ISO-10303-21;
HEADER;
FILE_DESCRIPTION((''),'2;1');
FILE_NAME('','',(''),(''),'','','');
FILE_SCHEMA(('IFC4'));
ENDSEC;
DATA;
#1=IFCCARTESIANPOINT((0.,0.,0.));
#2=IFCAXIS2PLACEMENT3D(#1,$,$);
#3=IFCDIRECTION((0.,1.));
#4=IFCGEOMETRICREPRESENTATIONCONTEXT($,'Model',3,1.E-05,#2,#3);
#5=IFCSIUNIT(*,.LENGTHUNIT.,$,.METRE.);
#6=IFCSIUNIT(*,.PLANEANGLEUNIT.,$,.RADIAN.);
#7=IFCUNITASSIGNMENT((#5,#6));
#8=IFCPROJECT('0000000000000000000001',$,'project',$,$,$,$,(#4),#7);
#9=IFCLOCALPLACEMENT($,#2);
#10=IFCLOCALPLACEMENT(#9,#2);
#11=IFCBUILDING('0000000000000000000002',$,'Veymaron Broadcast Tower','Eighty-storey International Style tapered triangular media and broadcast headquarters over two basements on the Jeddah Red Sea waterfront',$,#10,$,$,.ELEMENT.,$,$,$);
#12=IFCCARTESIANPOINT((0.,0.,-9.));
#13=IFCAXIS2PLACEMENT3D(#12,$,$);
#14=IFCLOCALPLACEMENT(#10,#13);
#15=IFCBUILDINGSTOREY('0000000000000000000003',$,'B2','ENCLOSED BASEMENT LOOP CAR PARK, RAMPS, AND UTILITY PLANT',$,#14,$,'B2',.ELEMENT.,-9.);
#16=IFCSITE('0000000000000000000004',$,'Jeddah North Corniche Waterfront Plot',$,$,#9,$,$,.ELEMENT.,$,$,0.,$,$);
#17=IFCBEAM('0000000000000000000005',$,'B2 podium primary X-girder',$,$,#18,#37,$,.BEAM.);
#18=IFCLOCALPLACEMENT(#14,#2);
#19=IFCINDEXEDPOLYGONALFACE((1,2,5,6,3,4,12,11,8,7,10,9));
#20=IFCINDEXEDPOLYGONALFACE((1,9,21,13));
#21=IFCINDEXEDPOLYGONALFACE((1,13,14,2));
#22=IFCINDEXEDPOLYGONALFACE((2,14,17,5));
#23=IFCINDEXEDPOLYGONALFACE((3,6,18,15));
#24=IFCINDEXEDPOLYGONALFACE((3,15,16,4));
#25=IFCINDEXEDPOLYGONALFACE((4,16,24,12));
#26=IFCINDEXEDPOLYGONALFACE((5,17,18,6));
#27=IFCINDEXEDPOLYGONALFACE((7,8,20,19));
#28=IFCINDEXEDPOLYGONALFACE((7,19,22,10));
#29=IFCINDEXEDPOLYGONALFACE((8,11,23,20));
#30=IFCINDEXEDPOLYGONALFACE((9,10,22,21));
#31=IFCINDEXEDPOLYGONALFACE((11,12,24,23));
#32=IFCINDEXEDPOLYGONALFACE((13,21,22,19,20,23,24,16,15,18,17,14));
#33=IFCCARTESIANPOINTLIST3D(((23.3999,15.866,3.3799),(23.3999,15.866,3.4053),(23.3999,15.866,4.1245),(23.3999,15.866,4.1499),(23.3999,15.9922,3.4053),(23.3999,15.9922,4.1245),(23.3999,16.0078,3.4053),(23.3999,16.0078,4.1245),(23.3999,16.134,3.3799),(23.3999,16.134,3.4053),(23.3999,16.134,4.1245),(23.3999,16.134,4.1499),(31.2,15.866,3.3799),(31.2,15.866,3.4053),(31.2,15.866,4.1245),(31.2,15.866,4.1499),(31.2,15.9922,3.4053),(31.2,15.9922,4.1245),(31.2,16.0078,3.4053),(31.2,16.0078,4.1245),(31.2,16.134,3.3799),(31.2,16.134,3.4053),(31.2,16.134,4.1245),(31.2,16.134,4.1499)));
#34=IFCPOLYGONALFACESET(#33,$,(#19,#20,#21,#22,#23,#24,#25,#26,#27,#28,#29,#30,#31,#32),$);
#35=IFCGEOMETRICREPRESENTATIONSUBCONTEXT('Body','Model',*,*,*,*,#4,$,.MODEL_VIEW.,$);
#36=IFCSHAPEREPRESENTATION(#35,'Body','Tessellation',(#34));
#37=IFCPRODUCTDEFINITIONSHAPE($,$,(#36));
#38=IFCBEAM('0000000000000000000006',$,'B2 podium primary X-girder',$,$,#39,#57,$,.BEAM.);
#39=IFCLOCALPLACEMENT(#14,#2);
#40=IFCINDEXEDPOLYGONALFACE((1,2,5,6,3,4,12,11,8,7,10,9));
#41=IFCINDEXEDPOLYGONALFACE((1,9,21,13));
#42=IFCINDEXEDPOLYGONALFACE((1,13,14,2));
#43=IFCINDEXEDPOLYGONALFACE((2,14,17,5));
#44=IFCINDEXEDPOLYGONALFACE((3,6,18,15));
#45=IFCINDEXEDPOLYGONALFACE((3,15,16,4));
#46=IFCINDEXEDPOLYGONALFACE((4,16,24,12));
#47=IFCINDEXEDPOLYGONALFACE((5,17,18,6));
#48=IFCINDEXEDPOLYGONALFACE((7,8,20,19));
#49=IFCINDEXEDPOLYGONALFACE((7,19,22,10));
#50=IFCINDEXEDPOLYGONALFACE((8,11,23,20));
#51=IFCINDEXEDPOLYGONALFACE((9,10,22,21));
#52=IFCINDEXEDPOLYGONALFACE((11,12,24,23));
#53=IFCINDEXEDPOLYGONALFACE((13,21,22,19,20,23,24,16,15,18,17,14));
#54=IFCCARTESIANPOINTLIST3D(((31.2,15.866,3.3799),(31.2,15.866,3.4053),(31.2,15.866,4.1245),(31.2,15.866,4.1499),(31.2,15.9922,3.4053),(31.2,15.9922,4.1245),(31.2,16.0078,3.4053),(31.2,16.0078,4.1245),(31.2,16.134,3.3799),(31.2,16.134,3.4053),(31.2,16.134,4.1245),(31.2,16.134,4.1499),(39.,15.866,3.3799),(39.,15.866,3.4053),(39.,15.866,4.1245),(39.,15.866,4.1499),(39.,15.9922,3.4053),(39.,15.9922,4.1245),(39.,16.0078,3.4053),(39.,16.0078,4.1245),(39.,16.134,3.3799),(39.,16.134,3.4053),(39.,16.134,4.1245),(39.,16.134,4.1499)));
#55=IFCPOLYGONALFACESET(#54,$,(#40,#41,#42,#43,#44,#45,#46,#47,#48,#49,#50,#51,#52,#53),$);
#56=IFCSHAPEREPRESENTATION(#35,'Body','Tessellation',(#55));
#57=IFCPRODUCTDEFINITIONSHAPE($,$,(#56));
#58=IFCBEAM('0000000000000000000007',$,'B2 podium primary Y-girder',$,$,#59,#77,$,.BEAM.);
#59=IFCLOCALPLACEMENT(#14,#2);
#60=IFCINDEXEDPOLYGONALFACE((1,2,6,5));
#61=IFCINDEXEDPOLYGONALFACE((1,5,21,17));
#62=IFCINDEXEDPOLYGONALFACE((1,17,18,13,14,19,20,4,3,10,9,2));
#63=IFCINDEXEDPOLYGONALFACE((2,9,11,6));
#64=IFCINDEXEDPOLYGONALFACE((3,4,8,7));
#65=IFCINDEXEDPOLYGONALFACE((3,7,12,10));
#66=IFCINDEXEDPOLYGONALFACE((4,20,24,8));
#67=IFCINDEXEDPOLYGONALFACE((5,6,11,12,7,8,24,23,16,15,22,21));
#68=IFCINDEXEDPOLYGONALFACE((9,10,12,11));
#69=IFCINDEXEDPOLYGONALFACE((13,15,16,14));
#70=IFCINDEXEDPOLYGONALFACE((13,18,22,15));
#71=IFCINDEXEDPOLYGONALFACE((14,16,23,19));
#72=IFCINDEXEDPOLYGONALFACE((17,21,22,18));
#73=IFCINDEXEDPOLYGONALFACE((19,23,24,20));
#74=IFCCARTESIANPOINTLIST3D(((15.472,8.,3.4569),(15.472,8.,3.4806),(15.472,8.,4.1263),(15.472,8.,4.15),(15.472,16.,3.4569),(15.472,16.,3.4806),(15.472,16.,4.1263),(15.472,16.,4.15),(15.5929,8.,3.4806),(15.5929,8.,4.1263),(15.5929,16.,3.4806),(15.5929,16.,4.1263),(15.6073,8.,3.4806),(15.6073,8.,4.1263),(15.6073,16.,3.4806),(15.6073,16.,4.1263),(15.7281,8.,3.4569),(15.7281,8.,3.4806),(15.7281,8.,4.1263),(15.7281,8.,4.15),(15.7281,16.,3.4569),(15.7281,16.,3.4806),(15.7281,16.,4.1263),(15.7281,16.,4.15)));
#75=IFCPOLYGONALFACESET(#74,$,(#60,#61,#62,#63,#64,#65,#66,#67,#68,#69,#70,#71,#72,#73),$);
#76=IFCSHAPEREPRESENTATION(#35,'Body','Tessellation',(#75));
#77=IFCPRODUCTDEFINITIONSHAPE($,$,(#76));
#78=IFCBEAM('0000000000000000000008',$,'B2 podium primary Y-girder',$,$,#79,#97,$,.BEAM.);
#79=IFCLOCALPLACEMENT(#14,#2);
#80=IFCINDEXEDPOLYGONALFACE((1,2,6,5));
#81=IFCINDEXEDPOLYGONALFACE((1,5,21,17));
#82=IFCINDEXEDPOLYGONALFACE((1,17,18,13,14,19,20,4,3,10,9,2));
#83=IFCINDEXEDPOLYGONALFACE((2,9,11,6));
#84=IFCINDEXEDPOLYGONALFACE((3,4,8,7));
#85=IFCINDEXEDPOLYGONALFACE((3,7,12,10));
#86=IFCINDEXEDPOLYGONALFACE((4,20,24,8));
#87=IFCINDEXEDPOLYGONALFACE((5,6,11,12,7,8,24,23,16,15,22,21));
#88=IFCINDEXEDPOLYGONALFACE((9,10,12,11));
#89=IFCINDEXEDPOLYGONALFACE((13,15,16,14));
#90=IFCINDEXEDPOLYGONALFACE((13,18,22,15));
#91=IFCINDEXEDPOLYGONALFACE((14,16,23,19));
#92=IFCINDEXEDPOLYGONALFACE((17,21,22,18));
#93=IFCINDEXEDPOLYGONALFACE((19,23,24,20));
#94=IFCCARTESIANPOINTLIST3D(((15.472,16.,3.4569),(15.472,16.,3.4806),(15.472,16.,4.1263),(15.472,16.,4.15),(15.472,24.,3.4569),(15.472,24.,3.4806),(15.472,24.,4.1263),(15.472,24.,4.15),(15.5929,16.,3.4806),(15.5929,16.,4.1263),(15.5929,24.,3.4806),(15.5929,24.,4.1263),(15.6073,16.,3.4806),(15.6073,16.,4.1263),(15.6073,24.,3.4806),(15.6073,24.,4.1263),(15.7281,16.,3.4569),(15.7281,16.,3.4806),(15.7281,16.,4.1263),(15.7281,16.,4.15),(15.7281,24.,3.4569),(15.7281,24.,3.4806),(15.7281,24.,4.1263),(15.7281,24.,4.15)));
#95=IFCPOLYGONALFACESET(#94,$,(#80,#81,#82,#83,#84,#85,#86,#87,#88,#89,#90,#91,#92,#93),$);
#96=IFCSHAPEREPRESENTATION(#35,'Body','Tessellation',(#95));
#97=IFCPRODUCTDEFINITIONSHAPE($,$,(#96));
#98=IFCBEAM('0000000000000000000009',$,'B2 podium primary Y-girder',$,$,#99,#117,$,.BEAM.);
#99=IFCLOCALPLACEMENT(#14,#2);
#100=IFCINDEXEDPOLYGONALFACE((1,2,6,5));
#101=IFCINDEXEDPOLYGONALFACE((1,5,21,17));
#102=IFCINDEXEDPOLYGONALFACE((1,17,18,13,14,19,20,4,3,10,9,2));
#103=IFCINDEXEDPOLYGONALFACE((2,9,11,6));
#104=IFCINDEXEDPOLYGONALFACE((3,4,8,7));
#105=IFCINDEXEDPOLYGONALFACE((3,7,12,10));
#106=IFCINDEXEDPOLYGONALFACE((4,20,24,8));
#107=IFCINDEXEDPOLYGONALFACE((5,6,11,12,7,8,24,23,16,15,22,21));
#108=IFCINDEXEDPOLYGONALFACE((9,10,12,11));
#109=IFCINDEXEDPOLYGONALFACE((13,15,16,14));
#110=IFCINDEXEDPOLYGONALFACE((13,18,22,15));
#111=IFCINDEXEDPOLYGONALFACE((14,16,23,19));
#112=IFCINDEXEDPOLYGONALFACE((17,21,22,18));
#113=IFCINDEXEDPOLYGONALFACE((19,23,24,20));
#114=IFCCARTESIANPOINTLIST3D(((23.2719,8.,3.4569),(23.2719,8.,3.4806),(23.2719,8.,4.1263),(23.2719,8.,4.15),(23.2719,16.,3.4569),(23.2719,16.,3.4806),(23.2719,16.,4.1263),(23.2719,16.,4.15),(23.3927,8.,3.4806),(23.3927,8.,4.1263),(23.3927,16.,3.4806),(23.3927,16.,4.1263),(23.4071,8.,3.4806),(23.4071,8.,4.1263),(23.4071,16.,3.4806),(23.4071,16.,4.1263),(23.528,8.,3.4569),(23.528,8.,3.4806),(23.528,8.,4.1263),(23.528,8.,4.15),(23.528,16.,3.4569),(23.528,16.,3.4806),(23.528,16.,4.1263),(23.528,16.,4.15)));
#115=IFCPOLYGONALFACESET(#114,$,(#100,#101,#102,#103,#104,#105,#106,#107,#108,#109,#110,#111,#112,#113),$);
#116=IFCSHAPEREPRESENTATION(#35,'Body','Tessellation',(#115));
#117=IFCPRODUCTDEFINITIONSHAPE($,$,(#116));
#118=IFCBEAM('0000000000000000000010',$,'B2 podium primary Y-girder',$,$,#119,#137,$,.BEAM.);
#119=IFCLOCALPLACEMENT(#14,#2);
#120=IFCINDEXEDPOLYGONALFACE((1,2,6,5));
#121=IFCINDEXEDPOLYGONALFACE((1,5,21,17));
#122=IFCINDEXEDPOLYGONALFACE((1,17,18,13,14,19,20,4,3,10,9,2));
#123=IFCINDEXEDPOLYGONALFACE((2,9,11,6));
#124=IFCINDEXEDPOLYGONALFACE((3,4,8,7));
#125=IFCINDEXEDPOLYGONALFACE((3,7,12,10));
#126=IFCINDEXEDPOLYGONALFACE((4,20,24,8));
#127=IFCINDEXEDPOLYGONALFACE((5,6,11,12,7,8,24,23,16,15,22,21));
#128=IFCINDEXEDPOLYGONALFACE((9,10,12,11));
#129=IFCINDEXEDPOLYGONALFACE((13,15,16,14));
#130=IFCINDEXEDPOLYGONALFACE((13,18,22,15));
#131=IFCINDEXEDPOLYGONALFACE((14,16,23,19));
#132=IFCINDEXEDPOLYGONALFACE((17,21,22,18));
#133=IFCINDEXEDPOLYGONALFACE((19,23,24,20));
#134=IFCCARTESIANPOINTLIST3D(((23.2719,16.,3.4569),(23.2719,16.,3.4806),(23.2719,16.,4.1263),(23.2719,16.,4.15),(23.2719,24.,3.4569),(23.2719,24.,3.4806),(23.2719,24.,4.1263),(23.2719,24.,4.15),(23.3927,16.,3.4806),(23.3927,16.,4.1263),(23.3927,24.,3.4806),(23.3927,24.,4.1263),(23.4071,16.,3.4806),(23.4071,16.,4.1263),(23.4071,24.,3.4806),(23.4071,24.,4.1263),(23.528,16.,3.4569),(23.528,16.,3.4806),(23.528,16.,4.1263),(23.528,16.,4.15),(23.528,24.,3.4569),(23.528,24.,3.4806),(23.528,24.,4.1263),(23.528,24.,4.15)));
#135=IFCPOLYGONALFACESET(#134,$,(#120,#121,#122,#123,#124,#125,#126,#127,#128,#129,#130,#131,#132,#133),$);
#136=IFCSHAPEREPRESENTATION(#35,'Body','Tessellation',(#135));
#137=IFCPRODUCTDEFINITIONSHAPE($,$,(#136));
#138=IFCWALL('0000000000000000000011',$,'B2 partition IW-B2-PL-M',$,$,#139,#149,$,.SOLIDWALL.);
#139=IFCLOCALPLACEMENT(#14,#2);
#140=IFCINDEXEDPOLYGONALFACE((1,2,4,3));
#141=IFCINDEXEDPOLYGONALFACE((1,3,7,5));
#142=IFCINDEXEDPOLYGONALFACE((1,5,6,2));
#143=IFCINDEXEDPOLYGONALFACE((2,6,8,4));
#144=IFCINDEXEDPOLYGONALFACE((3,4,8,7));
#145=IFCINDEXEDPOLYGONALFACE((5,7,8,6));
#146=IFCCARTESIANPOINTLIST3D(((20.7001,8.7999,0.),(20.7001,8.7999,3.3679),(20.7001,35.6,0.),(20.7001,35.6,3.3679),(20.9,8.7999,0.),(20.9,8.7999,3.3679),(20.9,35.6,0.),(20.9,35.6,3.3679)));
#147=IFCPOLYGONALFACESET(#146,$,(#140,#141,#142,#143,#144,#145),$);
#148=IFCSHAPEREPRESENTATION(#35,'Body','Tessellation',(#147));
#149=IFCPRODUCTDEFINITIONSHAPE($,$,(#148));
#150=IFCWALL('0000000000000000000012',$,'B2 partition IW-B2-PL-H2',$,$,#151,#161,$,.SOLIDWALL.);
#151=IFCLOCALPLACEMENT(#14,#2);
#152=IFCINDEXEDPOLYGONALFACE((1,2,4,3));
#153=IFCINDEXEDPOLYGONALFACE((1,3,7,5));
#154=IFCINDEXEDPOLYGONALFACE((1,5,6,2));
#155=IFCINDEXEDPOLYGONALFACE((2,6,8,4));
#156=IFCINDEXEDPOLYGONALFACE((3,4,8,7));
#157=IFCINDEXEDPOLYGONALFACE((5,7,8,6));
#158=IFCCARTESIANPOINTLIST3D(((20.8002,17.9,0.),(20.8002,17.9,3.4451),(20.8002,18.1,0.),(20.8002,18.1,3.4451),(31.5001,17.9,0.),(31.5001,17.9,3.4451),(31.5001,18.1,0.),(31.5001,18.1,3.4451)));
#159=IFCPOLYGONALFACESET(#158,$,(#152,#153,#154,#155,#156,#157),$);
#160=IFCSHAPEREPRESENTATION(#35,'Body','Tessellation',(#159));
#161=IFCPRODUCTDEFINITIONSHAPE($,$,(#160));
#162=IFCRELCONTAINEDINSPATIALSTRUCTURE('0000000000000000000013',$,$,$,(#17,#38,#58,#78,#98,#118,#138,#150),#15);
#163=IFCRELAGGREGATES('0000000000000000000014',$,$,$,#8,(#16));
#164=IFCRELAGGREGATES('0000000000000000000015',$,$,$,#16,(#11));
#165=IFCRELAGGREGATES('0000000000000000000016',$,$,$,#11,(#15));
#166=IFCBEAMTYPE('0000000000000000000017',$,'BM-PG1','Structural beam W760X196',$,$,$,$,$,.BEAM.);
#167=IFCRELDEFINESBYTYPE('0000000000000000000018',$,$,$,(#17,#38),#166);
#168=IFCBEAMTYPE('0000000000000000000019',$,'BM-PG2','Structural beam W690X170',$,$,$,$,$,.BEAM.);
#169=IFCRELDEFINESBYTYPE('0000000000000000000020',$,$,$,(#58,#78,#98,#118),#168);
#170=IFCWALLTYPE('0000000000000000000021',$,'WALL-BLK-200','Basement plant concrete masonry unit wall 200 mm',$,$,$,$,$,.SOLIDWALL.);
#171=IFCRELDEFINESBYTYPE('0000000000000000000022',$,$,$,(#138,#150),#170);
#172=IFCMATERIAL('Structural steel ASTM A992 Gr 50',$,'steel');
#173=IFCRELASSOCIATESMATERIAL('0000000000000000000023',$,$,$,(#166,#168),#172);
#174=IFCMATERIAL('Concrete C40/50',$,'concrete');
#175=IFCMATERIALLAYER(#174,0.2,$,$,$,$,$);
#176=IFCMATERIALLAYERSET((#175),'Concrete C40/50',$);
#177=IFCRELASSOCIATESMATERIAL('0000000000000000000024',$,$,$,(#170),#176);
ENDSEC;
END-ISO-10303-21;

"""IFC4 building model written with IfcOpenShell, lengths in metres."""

from ifc_helpers import new_model, si_unit, direction, frame, frame_2d, origin, origin_2d, place, context, subcontext, project, spatial, rectangle, i_section, extrude, material, layer, layer_set, material_profile, profile_set, type_object, element, save


model = new_model("IFC4")

# Units and contexts
model_context = context("Model", 3, precision=1e-05, world=origin(), true_north=direction((0.0, 1.0)))
body_context = subcontext(model_context, "Body", "Model", "MODEL_VIEW")
ifc_project = project(units=[si_unit("LENGTHUNIT", "METRE"), si_unit("PLANEANGLEUNIT", "RADIAN")], contexts=[model_context])

# Site, building, storey
site_placement = place(None, origin())
site = spatial("IfcSite", under=ifc_project, at=site_placement, Name="Jeddah North Corniche Waterfront Plot", CompositionType="ELEMENT", RefElevation=0.0)
building_placement = place(site_placement, origin())
building = spatial("IfcBuilding", under=site, at=building_placement, Name="Veymaron Broadcast Tower", Description="Eighty-storey International Style tapered triangular media and broadcast headquarters over two basements on the Jeddah Red Sea waterfront", CompositionType="ELEMENT")
storey_placement = place(building_placement, frame((0.0, 0.0, -9.0)))
storey = spatial("IfcBuildingStorey", under=building, at=storey_placement, Name="B2", Description="ENCLOSED BASEMENT LOOP CAR PARK, RAMPS, AND UTILITY PLANT", LongName="B2", CompositionType="ELEMENT", Elevation=-9.0)

# Beams
ifc_material_1 = material(Name="Structural steel ASTM A992 Gr 50", Category="steel")
ifc_material_profile_1 = material_profile(ifc_material_1, i_section(OverallWidth=0.2681, OverallDepth=0.77, WebThickness=0.0156, FlangeThickness=0.0254, at=origin_2d()), Name="W760X196")
ifc_profile_set_1 = profile_set([ifc_material_profile_1], Name="Structural steel ASTM A992 Gr 50")
beam_type_1 = type_object("IfcBeamType", Name="BM-PG1", Description="Structural beam W760X196", PredefinedType="BEAM", material=ifc_profile_set_1)
for number, where, z_axis, x_axis, name in (
    (1, (23.3999, 16.0, 3.7649), (1.0, 0.0, 0.0), (0.0, 1.0, 0.0), "B2 podium primary X-girder"),
    (2, (31.2, 16.0, 3.7649), (1.0, 0.0, 0.0), (0.0, 1.0, 0.0), "B2 podium primary X-girder"),
):
    element("IfcBeam", number, at=place(storey_placement, frame(where, z_axis=z_axis, x_axis=x_axis)), inside=storey, type_object=beam_type_1, Name=name, PredefinedType="BEAM", context=body_context, shape_type="SweptSolid", body=[
        extrude(i_section(OverallWidth=0.2681, OverallDepth=0.77, WebThickness=0.0156, FlangeThickness=0.0254, at=origin_2d()), origin(), (0.0, 0.0, 1.0), 7.8),
    ])
ifc_material_profile_2 = material_profile(ifc_material_1, i_section(OverallWidth=0.2561, OverallDepth=0.6931, WebThickness=0.0144, FlangeThickness=0.0237, at=origin_2d()), Name="W690X170")
ifc_profile_set_2 = profile_set([ifc_material_profile_2], Name="Structural steel ASTM A992 Gr 50")
beam_type_2 = type_object("IfcBeamType", Name="BM-PG2", Description="Structural beam W690X170", PredefinedType="BEAM", material=ifc_profile_set_2)
for number, where, z_axis, x_axis, name in (
    (3, (15.6001, 8.0, 3.8035), (0.0, 1.0, 0.0), (-1.0, 0.0, 0.0), "B2 podium primary Y-girder"),
    (4, (15.6001, 16.0, 3.8035), (0.0, 1.0, 0.0), (-1.0, 0.0, 0.0), "B2 podium primary Y-girder"),
    (5, (23.3999, 8.0, 3.8035), (0.0, 1.0, 0.0), (-1.0, 0.0, 0.0), "B2 podium primary Y-girder"),
    (6, (23.3999, 16.0, 3.8035), (0.0, 1.0, 0.0), (-1.0, 0.0, 0.0), "B2 podium primary Y-girder"),
):
    element("IfcBeam", number, at=place(storey_placement, frame(where, z_axis=z_axis, x_axis=x_axis)), inside=storey, type_object=beam_type_2, Name=name, PredefinedType="BEAM", context=body_context, shape_type="SweptSolid", body=[
        extrude(i_section(OverallWidth=0.2561, OverallDepth=0.6931, WebThickness=0.0144, FlangeThickness=0.0237, at=origin_2d()), origin(), (0.0, 0.0, 1.0), 8.0),
    ])

# Walls
ifc_material_2 = material(Name="Concrete C40/50", Category="concrete")
ifc_layer = layer(ifc_material_2, 0.2)
ifc_layer_set = layer_set([ifc_layer], Name="Concrete C40/50")
wall_type = type_object("IfcWallType", Name="WALL-BLK-200", Description="Basement plant concrete masonry unit wall 200 mm", PredefinedType="SOLIDWALL", material=ifc_layer_set)
wall_1_placement = place(storey_placement, frame((20.8, 8.8, 0.0), z_axis=(0.0, 0.0, 1.0), x_axis=(0.0, 1.0, 0.0)))
element("IfcWall", 7, at=wall_1_placement, inside=storey, type_object=wall_type, Name="B2 partition IW-B2-PL-M", PredefinedType="SOLIDWALL", context=body_context, shape_type="SweptSolid", body=[
    extrude(rectangle(XDim=26.8, YDim=0.2, at=frame_2d((13.3999, 0.0))), origin(), (0.0, 0.0, 1.0), 3.3679),
])
wall_2_placement = place(storey_placement, frame((20.8, 18.0, 0.0), z_axis=(0.0, 0.0, 1.0), x_axis=(1.0, 0.0, 0.0)))
element("IfcWall", 8, at=wall_2_placement, inside=storey, type_object=wall_type, Name="B2 partition IW-B2-PL-H2", PredefinedType="SOLIDWALL", context=body_context, shape_type="SweptSolid", body=[
    extrude(rectangle(XDim=10.7, YDim=0.2, at=frame_2d((5.3501, 0.0))), origin(), (0.0, 0.0, 1.0), 3.4451),
])

save(model, "model.ifc")
